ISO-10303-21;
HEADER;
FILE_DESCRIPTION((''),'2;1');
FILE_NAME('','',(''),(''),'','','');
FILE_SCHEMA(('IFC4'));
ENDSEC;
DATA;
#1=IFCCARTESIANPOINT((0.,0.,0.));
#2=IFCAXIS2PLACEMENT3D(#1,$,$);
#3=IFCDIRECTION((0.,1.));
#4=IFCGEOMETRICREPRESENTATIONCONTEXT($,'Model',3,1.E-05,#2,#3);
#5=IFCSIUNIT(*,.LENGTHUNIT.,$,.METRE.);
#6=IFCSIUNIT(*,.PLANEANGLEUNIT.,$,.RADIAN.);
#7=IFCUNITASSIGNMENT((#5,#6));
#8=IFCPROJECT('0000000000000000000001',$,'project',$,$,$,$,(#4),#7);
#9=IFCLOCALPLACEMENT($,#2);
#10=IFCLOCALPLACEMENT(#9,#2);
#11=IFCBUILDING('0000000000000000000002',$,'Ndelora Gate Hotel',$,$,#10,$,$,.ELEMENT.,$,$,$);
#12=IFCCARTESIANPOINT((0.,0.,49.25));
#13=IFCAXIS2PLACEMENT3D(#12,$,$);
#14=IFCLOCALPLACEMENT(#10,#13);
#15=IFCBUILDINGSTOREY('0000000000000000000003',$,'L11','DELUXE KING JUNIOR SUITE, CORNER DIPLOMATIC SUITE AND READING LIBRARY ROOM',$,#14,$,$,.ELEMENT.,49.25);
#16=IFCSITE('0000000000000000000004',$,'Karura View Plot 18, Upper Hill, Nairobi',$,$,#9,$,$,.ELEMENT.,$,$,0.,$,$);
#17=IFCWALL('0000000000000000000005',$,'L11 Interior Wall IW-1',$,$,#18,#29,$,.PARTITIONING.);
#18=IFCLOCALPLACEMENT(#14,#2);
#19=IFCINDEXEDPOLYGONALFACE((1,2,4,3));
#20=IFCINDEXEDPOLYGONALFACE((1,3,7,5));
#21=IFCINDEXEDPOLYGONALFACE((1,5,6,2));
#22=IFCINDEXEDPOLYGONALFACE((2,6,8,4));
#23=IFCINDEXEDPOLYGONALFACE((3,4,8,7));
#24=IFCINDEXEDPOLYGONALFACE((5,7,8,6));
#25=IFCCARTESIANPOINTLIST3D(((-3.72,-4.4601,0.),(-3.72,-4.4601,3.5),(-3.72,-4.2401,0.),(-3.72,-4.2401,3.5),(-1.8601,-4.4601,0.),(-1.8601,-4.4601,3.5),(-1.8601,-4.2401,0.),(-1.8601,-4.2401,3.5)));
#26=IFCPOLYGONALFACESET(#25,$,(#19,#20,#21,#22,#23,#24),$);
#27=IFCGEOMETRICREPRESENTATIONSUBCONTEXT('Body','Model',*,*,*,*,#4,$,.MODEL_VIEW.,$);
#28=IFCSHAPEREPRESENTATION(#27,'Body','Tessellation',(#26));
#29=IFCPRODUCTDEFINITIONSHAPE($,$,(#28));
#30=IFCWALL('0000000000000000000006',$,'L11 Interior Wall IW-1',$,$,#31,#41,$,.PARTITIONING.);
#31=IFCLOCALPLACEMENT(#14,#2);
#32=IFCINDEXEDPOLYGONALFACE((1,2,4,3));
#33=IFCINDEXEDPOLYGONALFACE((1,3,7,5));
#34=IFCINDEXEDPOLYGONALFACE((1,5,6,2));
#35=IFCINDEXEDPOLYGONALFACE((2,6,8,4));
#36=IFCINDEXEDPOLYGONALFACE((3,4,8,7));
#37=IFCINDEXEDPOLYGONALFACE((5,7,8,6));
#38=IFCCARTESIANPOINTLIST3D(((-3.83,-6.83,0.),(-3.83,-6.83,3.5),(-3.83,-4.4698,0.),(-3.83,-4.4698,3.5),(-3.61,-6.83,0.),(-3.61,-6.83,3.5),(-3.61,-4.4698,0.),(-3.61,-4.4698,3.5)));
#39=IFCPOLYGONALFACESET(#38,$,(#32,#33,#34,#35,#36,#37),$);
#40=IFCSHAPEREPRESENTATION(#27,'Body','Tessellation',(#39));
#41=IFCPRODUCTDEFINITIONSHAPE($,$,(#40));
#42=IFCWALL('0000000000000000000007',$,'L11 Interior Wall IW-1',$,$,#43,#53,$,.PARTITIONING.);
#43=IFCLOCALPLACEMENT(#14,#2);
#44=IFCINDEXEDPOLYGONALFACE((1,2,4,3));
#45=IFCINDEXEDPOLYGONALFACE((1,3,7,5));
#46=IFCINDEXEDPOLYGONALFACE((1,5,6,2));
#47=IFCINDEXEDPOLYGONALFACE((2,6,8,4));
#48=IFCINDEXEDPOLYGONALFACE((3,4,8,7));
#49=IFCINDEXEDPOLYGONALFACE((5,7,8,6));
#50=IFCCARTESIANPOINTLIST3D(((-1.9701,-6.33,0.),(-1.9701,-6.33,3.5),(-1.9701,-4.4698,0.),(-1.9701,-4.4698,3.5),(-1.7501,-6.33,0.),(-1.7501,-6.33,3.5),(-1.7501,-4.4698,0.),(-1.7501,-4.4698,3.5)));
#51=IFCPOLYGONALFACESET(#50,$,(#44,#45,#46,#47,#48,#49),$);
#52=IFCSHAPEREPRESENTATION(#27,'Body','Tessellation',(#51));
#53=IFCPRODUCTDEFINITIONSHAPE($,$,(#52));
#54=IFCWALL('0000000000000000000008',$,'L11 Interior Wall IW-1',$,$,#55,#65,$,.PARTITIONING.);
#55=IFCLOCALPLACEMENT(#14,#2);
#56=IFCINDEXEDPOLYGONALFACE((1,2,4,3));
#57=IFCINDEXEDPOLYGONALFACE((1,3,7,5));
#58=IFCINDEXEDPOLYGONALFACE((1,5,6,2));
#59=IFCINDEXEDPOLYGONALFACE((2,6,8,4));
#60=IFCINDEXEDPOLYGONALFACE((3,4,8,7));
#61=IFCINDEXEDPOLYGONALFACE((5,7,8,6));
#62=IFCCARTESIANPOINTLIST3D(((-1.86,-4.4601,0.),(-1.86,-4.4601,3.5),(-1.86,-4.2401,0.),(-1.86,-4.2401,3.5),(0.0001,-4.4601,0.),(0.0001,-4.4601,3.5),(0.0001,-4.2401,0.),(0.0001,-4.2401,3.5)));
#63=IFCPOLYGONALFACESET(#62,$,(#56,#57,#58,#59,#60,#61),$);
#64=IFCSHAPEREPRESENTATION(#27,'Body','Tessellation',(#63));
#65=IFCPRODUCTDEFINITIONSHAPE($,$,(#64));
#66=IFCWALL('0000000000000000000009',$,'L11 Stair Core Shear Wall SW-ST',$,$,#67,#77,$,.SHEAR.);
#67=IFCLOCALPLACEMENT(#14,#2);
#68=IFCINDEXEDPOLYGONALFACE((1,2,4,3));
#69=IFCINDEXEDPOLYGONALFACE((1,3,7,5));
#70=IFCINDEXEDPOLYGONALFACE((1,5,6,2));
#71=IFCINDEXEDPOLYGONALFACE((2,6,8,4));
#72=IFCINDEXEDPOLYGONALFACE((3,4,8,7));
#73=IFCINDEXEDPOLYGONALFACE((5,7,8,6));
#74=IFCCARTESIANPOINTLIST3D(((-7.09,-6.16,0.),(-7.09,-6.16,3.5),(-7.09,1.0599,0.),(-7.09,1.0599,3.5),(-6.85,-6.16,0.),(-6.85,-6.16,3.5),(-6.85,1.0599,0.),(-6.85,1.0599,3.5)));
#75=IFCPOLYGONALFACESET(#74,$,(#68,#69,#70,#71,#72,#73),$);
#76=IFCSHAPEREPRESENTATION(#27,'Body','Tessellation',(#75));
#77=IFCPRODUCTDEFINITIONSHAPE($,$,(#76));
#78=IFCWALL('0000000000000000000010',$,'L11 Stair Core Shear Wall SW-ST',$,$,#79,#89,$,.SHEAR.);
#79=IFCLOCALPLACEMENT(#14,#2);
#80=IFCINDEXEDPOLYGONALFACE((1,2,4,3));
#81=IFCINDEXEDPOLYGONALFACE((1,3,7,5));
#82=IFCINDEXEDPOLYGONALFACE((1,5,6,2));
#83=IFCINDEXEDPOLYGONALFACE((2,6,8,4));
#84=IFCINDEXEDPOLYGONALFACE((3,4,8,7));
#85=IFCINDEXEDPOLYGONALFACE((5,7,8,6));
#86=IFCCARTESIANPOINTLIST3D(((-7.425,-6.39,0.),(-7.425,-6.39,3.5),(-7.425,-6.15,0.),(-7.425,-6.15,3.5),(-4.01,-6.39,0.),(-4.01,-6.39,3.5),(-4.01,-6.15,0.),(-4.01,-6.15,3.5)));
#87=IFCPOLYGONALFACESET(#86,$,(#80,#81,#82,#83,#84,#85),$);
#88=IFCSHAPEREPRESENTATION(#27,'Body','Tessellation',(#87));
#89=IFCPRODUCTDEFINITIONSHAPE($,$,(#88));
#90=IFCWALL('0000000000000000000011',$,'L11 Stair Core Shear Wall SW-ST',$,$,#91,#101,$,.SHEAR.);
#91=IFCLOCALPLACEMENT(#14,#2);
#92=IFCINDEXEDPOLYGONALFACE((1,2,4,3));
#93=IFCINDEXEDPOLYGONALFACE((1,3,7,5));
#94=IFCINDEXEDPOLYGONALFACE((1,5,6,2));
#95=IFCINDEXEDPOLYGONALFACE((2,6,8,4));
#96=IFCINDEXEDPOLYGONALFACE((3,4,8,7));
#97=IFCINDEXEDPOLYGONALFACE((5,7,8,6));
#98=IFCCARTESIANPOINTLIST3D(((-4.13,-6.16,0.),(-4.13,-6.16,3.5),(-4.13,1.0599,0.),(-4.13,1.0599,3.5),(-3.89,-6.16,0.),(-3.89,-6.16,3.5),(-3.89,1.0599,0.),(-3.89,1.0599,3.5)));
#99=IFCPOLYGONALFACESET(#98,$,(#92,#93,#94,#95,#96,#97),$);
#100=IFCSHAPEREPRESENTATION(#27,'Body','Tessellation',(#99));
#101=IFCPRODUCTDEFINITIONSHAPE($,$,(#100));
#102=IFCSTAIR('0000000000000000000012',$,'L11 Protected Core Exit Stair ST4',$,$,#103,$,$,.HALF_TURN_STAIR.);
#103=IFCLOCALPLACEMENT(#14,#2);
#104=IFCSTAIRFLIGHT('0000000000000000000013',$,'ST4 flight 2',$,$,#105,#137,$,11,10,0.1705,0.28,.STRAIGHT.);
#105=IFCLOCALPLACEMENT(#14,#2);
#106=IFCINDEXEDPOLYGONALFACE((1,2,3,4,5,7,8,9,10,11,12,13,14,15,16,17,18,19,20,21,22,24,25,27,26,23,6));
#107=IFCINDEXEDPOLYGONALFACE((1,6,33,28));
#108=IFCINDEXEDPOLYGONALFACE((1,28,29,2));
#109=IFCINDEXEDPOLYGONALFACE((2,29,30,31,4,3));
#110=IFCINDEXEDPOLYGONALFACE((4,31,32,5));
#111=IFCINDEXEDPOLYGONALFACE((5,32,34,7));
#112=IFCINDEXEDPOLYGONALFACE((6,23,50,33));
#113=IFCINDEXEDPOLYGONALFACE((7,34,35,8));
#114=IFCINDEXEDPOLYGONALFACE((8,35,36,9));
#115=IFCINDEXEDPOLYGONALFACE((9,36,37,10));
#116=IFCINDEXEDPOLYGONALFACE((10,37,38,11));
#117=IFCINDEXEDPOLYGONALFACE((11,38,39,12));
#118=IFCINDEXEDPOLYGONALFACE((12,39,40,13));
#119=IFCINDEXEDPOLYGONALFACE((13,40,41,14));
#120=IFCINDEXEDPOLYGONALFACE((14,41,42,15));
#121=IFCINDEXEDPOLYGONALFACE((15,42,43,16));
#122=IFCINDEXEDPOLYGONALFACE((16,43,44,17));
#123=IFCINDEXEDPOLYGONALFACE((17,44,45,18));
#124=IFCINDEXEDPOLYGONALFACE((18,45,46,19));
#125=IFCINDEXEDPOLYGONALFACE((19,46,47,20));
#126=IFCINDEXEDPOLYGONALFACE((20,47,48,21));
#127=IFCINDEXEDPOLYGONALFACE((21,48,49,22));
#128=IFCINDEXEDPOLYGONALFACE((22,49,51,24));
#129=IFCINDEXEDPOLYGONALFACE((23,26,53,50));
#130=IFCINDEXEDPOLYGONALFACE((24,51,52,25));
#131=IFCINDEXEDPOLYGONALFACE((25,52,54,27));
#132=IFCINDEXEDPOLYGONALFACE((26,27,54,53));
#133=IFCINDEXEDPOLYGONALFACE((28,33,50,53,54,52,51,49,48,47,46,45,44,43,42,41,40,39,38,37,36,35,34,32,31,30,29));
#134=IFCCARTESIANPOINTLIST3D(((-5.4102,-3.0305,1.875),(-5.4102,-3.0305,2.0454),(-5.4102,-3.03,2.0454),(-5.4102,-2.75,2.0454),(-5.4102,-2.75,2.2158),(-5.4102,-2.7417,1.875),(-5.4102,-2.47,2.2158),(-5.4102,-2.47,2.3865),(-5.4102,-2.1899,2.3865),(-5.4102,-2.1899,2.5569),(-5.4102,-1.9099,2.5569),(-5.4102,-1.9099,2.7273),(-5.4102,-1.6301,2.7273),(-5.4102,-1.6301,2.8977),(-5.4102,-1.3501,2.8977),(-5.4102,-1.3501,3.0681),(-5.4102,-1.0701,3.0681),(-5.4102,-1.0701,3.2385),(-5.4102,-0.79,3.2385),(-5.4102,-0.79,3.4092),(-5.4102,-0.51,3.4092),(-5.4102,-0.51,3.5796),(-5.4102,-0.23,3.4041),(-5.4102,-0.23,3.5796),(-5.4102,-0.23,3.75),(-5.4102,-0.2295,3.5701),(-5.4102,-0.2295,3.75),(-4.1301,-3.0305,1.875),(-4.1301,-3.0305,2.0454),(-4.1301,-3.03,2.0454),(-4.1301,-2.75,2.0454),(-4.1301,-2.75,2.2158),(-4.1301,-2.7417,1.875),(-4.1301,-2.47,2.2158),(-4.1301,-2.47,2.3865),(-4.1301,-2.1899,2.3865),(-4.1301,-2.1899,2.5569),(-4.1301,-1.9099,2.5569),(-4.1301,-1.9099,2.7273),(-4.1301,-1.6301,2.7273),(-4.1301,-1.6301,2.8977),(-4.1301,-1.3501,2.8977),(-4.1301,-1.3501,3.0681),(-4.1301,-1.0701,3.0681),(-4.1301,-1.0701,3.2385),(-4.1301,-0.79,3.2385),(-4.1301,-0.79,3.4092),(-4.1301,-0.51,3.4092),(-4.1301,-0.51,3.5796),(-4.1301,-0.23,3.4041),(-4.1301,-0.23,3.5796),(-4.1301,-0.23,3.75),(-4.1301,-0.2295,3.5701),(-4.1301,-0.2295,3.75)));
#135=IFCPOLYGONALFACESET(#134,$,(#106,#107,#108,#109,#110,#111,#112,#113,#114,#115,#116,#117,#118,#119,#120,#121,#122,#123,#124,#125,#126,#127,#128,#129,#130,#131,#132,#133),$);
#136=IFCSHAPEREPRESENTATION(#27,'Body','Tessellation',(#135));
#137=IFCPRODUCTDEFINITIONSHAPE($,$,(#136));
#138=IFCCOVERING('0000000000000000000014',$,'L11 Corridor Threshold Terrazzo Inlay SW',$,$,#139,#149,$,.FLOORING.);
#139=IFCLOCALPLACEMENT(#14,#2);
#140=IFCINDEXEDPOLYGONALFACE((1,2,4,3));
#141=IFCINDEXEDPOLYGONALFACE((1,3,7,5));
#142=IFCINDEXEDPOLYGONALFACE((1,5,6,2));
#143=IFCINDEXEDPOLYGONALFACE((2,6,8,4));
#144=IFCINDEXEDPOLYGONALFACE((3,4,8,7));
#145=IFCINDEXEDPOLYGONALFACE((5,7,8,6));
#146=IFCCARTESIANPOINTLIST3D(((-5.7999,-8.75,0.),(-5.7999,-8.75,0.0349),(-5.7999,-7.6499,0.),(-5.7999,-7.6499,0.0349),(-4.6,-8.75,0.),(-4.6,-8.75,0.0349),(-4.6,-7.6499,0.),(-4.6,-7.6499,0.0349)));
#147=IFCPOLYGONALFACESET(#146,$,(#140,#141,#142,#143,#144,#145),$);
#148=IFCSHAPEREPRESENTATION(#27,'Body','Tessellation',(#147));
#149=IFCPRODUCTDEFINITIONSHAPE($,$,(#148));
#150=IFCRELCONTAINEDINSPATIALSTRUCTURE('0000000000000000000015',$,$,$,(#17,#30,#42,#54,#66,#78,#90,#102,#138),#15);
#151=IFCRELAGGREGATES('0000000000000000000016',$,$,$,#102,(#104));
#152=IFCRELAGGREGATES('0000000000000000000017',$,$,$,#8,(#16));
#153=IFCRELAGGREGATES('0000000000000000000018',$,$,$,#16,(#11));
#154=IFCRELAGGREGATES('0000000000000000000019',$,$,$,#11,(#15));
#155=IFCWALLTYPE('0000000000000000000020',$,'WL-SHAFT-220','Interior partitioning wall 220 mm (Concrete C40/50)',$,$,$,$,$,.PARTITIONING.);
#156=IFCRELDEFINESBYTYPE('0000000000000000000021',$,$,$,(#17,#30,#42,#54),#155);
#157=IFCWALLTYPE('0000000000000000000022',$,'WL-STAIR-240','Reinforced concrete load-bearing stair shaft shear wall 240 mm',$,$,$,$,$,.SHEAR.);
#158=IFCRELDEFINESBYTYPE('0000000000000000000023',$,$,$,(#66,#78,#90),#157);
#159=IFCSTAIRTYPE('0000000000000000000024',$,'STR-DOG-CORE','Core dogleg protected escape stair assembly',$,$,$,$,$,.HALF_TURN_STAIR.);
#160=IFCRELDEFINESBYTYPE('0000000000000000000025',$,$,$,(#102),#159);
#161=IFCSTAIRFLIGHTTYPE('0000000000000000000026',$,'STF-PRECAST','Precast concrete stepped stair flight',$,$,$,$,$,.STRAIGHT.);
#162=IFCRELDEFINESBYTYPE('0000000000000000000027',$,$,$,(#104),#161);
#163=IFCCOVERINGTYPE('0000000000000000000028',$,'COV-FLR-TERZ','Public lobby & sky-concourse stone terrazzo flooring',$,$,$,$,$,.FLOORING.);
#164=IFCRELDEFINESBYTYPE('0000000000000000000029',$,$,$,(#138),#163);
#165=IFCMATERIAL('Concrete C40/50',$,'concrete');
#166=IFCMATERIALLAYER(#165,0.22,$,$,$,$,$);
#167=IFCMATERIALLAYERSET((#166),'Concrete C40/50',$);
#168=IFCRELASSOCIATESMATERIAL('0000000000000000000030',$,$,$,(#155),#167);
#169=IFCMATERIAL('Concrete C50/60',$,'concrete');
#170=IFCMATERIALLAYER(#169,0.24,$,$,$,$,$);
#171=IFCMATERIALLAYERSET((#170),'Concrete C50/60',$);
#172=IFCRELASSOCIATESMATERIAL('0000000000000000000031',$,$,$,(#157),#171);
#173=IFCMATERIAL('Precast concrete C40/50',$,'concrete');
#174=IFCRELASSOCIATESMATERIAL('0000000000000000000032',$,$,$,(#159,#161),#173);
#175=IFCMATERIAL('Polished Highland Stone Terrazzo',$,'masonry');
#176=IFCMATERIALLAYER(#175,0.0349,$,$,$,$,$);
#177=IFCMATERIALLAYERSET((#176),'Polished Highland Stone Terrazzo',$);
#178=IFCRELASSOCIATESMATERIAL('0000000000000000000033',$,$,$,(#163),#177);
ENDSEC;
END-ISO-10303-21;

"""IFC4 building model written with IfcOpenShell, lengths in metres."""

from ifc_helpers import new_model, si_unit, direction, frame, frame_2d, origin, origin_2d, place, context, subcontext, project, spatial, polyline, rectangle, outline, extrude, material, layer, layer_set, type_object, element, aggregate, save


model = new_model("IFC4")

# Units and contexts
model_context = context("Model", 3, precision=1e-05, world=origin(), true_north=direction((0.0, 1.0)))
body_context = subcontext(model_context, "Body", "Model", "MODEL_VIEW")
ifc_project = project(units=[si_unit("LENGTHUNIT", "METRE"), si_unit("PLANEANGLEUNIT", "RADIAN")], contexts=[model_context])

# Site, building, storey
site_placement = place(None, origin())
site = spatial("IfcSite", under=ifc_project, at=site_placement, Name="Karura View Plot 18, Upper Hill, Nairobi", CompositionType="ELEMENT", RefElevation=0.0)
building_placement = place(site_placement, origin())
building = spatial("IfcBuilding", under=site, at=building_placement, Name="Ndelora Gate Hotel", CompositionType="ELEMENT")
storey_placement = place(building_placement, frame((0.0, 0.0, 49.25)))
storey = spatial("IfcBuildingStorey", under=building, at=storey_placement, Name="L11", Description="DELUXE KING JUNIOR SUITE, CORNER DIPLOMATIC SUITE AND READING LIBRARY ROOM", CompositionType="ELEMENT", Elevation=49.25)

# Shared definitions
ifc_material_1 = material(Name="Concrete C40/50", Category="concrete")

# Shared definitions
ifc_layer_1 = layer(ifc_material_1, 0.22)
ifc_layer_set_1 = layer_set([ifc_layer_1], Name="Concrete C40/50")
wall_type_1 = type_object("IfcWallType", Name="WL-SHAFT-220", Description="Interior partitioning wall 220 mm (Concrete C40/50)", PredefinedType="PARTITIONING", material=ifc_layer_set_1)

# Walls
wall_1_placement = place(storey_placement, frame((-3.72, -4.3501, 0.0), z_axis=(0.0, 0.0, 1.0), x_axis=(1.0, 0.0, 0.0)))
element("IfcWall", 1, at=wall_1_placement, inside=storey, type_object=wall_type_1, Name="L11 Interior Wall IW-1", PredefinedType="PARTITIONING", context=body_context, shape_type="SweptSolid", body=[
    extrude(rectangle(XDim=1.8599, YDim=0.22, at=frame_2d((0.9299, 0.0))), origin(), (0.0, 0.0, 1.0), 3.5),
])
wall_2_placement = place(storey_placement, frame((-3.72, -6.8301, 0.0), z_axis=(0.0, 0.0, 1.0), x_axis=(0.0, 1.0, 0.0)))
element("IfcWall", 2, at=wall_2_placement, inside=storey, type_object=wall_type_1, Name="L11 Interior Wall IW-1", PredefinedType="PARTITIONING", context=body_context, shape_type="SweptSolid", body=[
    extrude(rectangle(XDim=2.3601, YDim=0.22, at=frame_2d((1.1802, 0.0))), origin(), (0.0, 0.0, 1.0), 3.5),
])
wall_3_placement = place(storey_placement, frame((-1.8601, -6.3301, 0.0), z_axis=(0.0, 0.0, 1.0), x_axis=(0.0, 1.0, 0.0)))
element("IfcWall", 3, at=wall_3_placement, inside=storey, type_object=wall_type_1, Name="L11 Interior Wall IW-1", PredefinedType="PARTITIONING", context=body_context, shape_type="SweptSolid", body=[
    extrude(rectangle(XDim=1.8601, YDim=0.22, at=frame_2d((0.9302, 0.0))), origin(), (0.0, 0.0, 1.0), 3.5),
])

# Walls
wall_4_placement = place(storey_placement, frame((-1.8601, -4.3501, 0.0), z_axis=(0.0, 0.0, 1.0), x_axis=(1.0, 0.0, 0.0)))
element("IfcWall", 4, at=wall_4_placement, inside=storey, type_object=wall_type_1, Name="L11 Interior Wall IW-1", PredefinedType="PARTITIONING", context=body_context, shape_type="SweptSolid", body=[
    extrude(rectangle(XDim=1.8601, YDim=0.22, at=frame_2d((0.9302, 0.0))), origin(), (0.0, 0.0, 1.0), 3.5),
])
ifc_material_2 = material(Name="Concrete C50/60", Category="concrete")
ifc_layer_2 = layer(ifc_material_2, 0.24)
ifc_layer_set_2 = layer_set([ifc_layer_2], Name="Concrete C50/60")
wall_type_2 = type_object("IfcWallType", Name="WL-STAIR-240", Description="Reinforced concrete load-bearing stair shaft shear wall 240 mm", PredefinedType="SHEAR", material=ifc_layer_set_2)
wall_5_placement = place(storey_placement, frame((-6.97, -6.1599, 0.0), z_axis=(0.0, 0.0, 1.0), x_axis=(0.0, 1.0, 0.0)))
element("IfcWall", 5, at=wall_5_placement, inside=storey, type_object=wall_type_2, Name="L11 Stair Core Shear Wall SW-ST", PredefinedType="SHEAR", context=body_context, shape_type="SweptSolid", body=[
    extrude(rectangle(XDim=7.22, YDim=0.24, at=frame_2d((3.6099, 0.0))), origin(), (0.0, 0.0, 1.0), 3.5),
])
wall_6_placement = place(storey_placement, frame((-7.425, -6.27, 0.0), z_axis=(0.0, 0.0, 1.0), x_axis=(1.0, 0.0, 0.0)))
element("IfcWall", 6, at=wall_6_placement, inside=storey, type_object=wall_type_2, Name="L11 Stair Core Shear Wall SW-ST", PredefinedType="SHEAR", context=body_context, shape_type="SweptSolid", body=[
    extrude(rectangle(XDim=3.415, YDim=0.24, at=frame_2d((1.7075, 0.0))), origin(), (0.0, 0.0, 1.0), 3.5),
])
wall_7_placement = place(storey_placement, frame((-4.01, -6.1599, 0.0), z_axis=(0.0, 0.0, 1.0), x_axis=(0.0, 1.0, 0.0)))
element("IfcWall", 7, at=wall_7_placement, inside=storey, type_object=wall_type_2, Name="L11 Stair Core Shear Wall SW-ST", PredefinedType="SHEAR", context=body_context, shape_type="SweptSolid", body=[
    extrude(rectangle(XDim=7.22, YDim=0.24, at=frame_2d((3.6099, 0.0))), origin(), (0.0, 0.0, 1.0), 3.5),
])

# Stair, stair flight
ifc_material_3 = material(Name="Precast concrete C40/50", Category="concrete")
stair_type = type_object("IfcStairType", Name="STR-DOG-CORE", Description="Core dogleg protected escape stair assembly", PredefinedType="HALF_TURN_STAIR", material=ifc_material_3)
stair_placement = place(storey_placement, origin())
stair = element("IfcStair", 8, at=stair_placement, inside=storey, type_object=stair_type, Name="L11 Protected Core Exit Stair ST4", PredefinedType="HALF_TURN_STAIR")
stair_flight_type = type_object("IfcStairFlightType", Name="STF-PRECAST", Description="Precast concrete stepped stair flight", PredefinedType="STRAIGHT", material=ifc_material_3)
stair_flight_placement = place(storey_placement, frame((-4.77, -3.03, 1.875), z_axis=(0.0, 0.0, 1.0), x_axis=(0.0, 1.0, 0.0)))
stair_flight = element("IfcStairFlight", 9, at=stair_flight_placement, type_object=stair_flight_type, Name="ST4 flight 2", NumberOfRisers=11, NumberOfTreads=10, PredefinedType="STRAIGHT", RiserHeight=0.1705, TreadLength=0.28, context=body_context, shape_type="SweptSolid", body=[
    extrude(outline(polyline([(-0.0005, 0.0), (-0.0005, 0.1704), (0.0, 0.1704), (0.28, 0.1704), (0.28, 0.3408), (0.5601, 0.3408), (0.5601, 0.5115), (0.8401, 0.5115), (0.8401, 0.6819), (1.1201, 0.6819), (1.1201, 0.8523), (1.3999, 0.8523), (1.3999, 1.0227), (1.6799, 1.0227), (1.6799, 1.1931), (1.96, 1.1931), (1.96, 1.3635), (2.24, 1.3635), (2.24, 1.5342), (2.52, 1.5342), (2.52, 1.7046), (2.8, 1.7046), (2.8, 1.875), (2.8005, 1.875), (2.8005, 1.6951), (2.8, 1.5291), (0.2883, 0.0), (-0.0005, 0.0)])), frame((0.0, 0.6401, 0.0), z_axis=(0.0, -1.0, 0.0), x_axis=(1.0, 0.0, 0.0)), (0.0, 0.0, 1.0), 1.28),
])
aggregate(stair, [stair_flight])

# Covering
ifc_material_4 = material(Name="Polished Highland Stone Terrazzo", Category="masonry")
ifc_layer_3 = layer(ifc_material_4, 0.0349)
ifc_layer_set_3 = layer_set([ifc_layer_3], Name="Polished Highland Stone Terrazzo")
covering_type = type_object("IfcCoveringType", Name="COV-FLR-TERZ", Description="Public lobby & sky-concourse stone terrazzo flooring", PredefinedType="FLOORING", material=ifc_layer_set_3)
covering_placement = place(storey_placement, frame((-5.2, -8.2, 0.0), z_axis=(0.0, 0.0, 1.0), x_axis=(1.0, 0.0, 0.0)))
element("IfcCovering", 10, at=covering_placement, inside=storey, type_object=covering_type, Name="L11 Corridor Threshold Terrazzo Inlay SW", PredefinedType="FLOORING", context=body_context, shape_type="SweptSolid", body=[
    extrude(rectangle(XDim=1.2, YDim=1.1001, at=origin_2d()), origin(), (0.0, 0.0, 1.0), 0.0349),
])

save(model, "model.ifc")
